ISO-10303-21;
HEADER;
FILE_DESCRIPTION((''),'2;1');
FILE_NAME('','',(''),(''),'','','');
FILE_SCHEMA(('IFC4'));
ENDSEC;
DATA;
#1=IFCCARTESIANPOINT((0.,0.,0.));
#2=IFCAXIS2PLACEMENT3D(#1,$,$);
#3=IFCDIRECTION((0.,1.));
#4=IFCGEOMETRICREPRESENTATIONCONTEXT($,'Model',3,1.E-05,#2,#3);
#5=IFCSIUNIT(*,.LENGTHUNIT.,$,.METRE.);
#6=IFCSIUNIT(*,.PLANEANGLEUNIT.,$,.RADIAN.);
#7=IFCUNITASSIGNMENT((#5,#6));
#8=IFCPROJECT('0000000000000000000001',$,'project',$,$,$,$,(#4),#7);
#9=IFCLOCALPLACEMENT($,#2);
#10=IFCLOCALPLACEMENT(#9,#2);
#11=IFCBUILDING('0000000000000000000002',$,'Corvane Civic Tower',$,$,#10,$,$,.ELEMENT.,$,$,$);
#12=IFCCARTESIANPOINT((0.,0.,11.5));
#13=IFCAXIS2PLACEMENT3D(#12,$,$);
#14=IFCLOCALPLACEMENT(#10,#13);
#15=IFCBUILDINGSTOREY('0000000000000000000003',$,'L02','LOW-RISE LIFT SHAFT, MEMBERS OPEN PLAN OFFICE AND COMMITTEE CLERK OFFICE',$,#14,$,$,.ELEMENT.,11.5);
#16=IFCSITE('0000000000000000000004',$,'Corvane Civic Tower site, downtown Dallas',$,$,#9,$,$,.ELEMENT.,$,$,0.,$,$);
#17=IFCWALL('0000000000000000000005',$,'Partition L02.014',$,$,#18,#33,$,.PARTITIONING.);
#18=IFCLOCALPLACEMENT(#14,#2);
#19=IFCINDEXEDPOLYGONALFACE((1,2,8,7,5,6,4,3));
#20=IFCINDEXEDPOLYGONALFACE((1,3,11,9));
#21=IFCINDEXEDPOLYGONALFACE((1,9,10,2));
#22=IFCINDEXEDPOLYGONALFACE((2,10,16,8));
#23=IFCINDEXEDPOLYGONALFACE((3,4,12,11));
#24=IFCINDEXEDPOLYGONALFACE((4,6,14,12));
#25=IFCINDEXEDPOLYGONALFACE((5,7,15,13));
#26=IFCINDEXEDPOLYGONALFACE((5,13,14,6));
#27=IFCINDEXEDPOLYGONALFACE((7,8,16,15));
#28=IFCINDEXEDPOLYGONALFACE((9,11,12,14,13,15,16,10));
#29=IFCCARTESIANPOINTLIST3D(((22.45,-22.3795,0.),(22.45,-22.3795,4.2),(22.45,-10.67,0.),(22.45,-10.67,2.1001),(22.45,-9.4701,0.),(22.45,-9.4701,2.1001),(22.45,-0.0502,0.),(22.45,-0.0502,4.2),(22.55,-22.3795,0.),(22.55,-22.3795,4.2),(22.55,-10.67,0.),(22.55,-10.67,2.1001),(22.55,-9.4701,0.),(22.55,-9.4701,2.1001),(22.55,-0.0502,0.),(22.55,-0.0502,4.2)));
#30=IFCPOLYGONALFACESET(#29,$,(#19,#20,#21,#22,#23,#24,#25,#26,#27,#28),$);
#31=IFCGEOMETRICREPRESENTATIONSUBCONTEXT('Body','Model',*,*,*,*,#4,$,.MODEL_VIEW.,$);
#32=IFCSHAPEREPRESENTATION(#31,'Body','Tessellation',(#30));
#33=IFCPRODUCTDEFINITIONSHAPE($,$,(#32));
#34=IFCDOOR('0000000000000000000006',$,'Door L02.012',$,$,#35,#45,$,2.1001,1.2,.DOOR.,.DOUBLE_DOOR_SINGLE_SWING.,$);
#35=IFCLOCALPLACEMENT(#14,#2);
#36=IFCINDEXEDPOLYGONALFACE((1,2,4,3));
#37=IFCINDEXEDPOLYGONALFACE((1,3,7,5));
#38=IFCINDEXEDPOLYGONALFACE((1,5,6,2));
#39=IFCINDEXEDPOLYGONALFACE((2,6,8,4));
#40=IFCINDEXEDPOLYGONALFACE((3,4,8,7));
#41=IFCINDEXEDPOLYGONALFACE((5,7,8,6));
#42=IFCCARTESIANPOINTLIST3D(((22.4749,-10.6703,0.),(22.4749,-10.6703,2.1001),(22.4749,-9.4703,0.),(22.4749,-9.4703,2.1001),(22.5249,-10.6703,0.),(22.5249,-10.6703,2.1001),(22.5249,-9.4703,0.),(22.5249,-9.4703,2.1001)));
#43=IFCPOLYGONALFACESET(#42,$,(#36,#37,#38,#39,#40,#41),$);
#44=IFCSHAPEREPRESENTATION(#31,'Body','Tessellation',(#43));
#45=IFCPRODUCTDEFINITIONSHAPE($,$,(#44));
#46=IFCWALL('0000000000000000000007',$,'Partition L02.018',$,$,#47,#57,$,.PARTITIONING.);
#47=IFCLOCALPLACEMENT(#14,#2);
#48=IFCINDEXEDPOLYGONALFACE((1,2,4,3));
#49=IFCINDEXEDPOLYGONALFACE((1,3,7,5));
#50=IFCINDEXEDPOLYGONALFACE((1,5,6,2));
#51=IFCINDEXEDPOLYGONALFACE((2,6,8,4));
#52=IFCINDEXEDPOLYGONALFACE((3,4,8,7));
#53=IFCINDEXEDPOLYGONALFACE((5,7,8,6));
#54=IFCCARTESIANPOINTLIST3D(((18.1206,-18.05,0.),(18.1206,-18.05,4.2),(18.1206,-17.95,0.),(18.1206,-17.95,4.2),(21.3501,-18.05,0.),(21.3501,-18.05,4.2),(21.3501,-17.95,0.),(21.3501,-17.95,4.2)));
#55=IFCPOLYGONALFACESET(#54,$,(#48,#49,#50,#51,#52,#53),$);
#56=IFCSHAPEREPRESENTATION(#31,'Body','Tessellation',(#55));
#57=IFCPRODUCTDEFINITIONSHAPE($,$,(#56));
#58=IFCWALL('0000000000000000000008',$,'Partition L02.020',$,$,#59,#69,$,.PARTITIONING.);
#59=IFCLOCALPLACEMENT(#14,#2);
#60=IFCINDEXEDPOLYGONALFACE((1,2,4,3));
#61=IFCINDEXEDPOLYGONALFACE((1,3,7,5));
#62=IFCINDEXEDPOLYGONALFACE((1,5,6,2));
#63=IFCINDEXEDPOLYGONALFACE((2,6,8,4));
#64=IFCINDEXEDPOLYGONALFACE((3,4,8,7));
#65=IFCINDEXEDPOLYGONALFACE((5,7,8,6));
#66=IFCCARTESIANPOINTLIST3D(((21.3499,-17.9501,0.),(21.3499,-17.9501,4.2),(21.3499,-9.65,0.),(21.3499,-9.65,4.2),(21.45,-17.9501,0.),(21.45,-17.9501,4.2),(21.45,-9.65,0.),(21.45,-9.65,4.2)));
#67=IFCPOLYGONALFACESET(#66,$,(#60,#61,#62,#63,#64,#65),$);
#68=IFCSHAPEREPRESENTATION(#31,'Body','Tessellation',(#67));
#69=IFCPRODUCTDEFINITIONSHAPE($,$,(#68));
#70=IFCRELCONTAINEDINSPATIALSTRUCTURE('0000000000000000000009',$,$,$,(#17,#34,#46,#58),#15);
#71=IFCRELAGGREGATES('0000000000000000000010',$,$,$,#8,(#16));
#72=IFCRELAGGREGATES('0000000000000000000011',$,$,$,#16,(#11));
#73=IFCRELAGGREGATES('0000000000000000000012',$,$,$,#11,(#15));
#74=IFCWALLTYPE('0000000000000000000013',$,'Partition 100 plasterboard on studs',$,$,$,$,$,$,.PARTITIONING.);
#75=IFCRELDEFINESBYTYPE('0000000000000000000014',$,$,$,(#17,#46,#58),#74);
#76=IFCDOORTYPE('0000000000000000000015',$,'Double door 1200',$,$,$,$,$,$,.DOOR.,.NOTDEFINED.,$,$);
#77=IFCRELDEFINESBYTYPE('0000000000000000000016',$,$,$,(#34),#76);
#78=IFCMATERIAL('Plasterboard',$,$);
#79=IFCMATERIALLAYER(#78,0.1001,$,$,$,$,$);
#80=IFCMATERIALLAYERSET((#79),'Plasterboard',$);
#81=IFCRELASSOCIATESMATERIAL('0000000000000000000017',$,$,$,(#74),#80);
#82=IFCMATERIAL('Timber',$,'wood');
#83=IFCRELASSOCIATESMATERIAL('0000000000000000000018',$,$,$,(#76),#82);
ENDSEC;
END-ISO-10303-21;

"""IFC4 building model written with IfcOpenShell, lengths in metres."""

from ifc_helpers import new_model, si_unit, direction, frame, frame_2d, origin, place, context, subcontext, project, spatial, rectangle, extrude, material, layer, layer_set, type_object, element, fill, save


model = new_model("IFC4")

# Units and contexts
model_context = context("Model", 3, precision=1e-05, world=origin(), true_north=direction((0.0, 1.0)))
body_context = subcontext(model_context, "Body", "Model", "MODEL_VIEW")
ifc_project = project(units=[si_unit("LENGTHUNIT", "METRE"), si_unit("PLANEANGLEUNIT", "RADIAN")], contexts=[model_context])

# Site, building, storey
site_placement = place(None, origin())
site = spatial("IfcSite", under=ifc_project, at=site_placement, Name="Corvane Civic Tower site, downtown Dallas", CompositionType="ELEMENT", RefElevation=0.0)
building_placement = place(site_placement, origin())
building = spatial("IfcBuilding", under=site, at=building_placement, Name="Corvane Civic Tower", CompositionType="ELEMENT")
storey_placement = place(building_placement, frame((0.0, 0.0, 11.5)))
storey = spatial("IfcBuildingStorey", under=building, at=storey_placement, Name="L02", Description="LOW-RISE LIFT SHAFT, MEMBERS OPEN PLAN OFFICE AND COMMITTEE CLERK OFFICE", CompositionType="ELEMENT", Elevation=11.5)

# Wall, opening, door
ifc_material_1 = material(Name="Plasterboard")
ifc_layer_1 = layer(ifc_material_1, 0.1001)
ifc_layer_set_1 = layer_set([ifc_layer_1], Name="Plasterboard")
wall_type_1 = type_object("IfcWallType", Name="Partition 100 plasterboard on studs", PredefinedType="PARTITIONING", material=ifc_layer_set_1)
wall_1_placement = place(storey_placement, frame((22.5, -22.3794, 0.0), z_axis=(0.0, 0.0, 1.0), x_axis=(0.0, 1.0, 0.0)))
wall_1 = element("IfcWall", 1, at=wall_1_placement, inside=storey, type_object=wall_type_1, Name="Partition L02.014", PredefinedType="PARTITIONING", context=body_context, shape_type="SweptSolid", body=[
    extrude(rectangle(XDim=22.3293, YDim=0.1001, at=frame_2d((11.1646, 0.0))), origin(), (0.0, 0.0, 1.0), 4.2),
])
opening_1_placement = place(wall_1_placement, frame((11.7092, 0.0, 0.0)))
opening_1 = element("IfcOpeningElement", 2, at=opening_1_placement, cuts=wall_1, PredefinedType="OPENING", context=body_context, shape_type="SweptSolid", body=[
    extrude(rectangle(XDim=1.2, YDim=2.1001, at=frame_2d((0.6001, 1.05))), frame((0.0, 0.0601, 0.0), z_axis=(0.0, -1.0, 0.0), x_axis=(1.0, 0.0, 0.0)), (0.0, 0.0, 1.0), 0.1201),
])
ifc_material_2 = material(Name="Timber", Category="wood")
door_type_1 = type_object("IfcDoorType", Name="Double door 1200", OperationType="NOTDEFINED", PredefinedType="DOOR", material=ifc_material_2)
door_1_placement = place(opening_1_placement, frame((1.2, 0.0, 0.0), z_axis=(0.0, 0.0, 1.0), x_axis=(-1.0, 0.0, 0.0)))
door_1 = element("IfcDoor", 3, at=door_1_placement, inside=storey, type_object=door_type_1, Name="Door L02.012", OperationType="DOUBLE_DOOR_SINGLE_SWING", OverallHeight=2.1001, OverallWidth=1.2, PredefinedType="DOOR", context=body_context, shape_type="SweptSolid", body=[
    extrude(rectangle(XDim=1.2, YDim=2.1001, at=frame_2d((0.6001, 1.05))), frame((0.0, 0.0249, 0.0), z_axis=(0.0, -1.0, 0.0), x_axis=(1.0, 0.0, 0.0)), (0.0, 0.0, 1.0), 0.05),
])
fill(opening_1, door_1)

# Walls
wall_2_placement = place(storey_placement, frame((18.1206, -18.0, 0.0), z_axis=(0.0, 0.0, 1.0), x_axis=(1.0, 0.0, 0.0)))
element("IfcWall", 4, at=wall_2_placement, inside=storey, type_object=wall_type_1, Name="Partition L02.018", PredefinedType="PARTITIONING", context=body_context, shape_type="SweptSolid", body=[
    extrude(rectangle(XDim=3.2295, YDim=0.1001, at=frame_2d((1.6147, 0.0))), origin(), (0.0, 0.0, 1.0), 4.2),
])
wall_3_placement = place(storey_placement, frame((21.3999, -17.95, 0.0), z_axis=(0.0, 0.0, 1.0), x_axis=(0.0, 1.0, 0.0)))
element("IfcWall", 5, at=wall_3_placement, inside=storey, type_object=wall_type_1, Name="Partition L02.020", PredefinedType="PARTITIONING", context=body_context, shape_type="SweptSolid", body=[
    extrude(rectangle(XDim=8.3, YDim=0.1001, at=frame_2d((4.1499, 0.0))), origin(), (0.0, 0.0, 1.0), 4.2),
])

save(model, "model.ifc")
